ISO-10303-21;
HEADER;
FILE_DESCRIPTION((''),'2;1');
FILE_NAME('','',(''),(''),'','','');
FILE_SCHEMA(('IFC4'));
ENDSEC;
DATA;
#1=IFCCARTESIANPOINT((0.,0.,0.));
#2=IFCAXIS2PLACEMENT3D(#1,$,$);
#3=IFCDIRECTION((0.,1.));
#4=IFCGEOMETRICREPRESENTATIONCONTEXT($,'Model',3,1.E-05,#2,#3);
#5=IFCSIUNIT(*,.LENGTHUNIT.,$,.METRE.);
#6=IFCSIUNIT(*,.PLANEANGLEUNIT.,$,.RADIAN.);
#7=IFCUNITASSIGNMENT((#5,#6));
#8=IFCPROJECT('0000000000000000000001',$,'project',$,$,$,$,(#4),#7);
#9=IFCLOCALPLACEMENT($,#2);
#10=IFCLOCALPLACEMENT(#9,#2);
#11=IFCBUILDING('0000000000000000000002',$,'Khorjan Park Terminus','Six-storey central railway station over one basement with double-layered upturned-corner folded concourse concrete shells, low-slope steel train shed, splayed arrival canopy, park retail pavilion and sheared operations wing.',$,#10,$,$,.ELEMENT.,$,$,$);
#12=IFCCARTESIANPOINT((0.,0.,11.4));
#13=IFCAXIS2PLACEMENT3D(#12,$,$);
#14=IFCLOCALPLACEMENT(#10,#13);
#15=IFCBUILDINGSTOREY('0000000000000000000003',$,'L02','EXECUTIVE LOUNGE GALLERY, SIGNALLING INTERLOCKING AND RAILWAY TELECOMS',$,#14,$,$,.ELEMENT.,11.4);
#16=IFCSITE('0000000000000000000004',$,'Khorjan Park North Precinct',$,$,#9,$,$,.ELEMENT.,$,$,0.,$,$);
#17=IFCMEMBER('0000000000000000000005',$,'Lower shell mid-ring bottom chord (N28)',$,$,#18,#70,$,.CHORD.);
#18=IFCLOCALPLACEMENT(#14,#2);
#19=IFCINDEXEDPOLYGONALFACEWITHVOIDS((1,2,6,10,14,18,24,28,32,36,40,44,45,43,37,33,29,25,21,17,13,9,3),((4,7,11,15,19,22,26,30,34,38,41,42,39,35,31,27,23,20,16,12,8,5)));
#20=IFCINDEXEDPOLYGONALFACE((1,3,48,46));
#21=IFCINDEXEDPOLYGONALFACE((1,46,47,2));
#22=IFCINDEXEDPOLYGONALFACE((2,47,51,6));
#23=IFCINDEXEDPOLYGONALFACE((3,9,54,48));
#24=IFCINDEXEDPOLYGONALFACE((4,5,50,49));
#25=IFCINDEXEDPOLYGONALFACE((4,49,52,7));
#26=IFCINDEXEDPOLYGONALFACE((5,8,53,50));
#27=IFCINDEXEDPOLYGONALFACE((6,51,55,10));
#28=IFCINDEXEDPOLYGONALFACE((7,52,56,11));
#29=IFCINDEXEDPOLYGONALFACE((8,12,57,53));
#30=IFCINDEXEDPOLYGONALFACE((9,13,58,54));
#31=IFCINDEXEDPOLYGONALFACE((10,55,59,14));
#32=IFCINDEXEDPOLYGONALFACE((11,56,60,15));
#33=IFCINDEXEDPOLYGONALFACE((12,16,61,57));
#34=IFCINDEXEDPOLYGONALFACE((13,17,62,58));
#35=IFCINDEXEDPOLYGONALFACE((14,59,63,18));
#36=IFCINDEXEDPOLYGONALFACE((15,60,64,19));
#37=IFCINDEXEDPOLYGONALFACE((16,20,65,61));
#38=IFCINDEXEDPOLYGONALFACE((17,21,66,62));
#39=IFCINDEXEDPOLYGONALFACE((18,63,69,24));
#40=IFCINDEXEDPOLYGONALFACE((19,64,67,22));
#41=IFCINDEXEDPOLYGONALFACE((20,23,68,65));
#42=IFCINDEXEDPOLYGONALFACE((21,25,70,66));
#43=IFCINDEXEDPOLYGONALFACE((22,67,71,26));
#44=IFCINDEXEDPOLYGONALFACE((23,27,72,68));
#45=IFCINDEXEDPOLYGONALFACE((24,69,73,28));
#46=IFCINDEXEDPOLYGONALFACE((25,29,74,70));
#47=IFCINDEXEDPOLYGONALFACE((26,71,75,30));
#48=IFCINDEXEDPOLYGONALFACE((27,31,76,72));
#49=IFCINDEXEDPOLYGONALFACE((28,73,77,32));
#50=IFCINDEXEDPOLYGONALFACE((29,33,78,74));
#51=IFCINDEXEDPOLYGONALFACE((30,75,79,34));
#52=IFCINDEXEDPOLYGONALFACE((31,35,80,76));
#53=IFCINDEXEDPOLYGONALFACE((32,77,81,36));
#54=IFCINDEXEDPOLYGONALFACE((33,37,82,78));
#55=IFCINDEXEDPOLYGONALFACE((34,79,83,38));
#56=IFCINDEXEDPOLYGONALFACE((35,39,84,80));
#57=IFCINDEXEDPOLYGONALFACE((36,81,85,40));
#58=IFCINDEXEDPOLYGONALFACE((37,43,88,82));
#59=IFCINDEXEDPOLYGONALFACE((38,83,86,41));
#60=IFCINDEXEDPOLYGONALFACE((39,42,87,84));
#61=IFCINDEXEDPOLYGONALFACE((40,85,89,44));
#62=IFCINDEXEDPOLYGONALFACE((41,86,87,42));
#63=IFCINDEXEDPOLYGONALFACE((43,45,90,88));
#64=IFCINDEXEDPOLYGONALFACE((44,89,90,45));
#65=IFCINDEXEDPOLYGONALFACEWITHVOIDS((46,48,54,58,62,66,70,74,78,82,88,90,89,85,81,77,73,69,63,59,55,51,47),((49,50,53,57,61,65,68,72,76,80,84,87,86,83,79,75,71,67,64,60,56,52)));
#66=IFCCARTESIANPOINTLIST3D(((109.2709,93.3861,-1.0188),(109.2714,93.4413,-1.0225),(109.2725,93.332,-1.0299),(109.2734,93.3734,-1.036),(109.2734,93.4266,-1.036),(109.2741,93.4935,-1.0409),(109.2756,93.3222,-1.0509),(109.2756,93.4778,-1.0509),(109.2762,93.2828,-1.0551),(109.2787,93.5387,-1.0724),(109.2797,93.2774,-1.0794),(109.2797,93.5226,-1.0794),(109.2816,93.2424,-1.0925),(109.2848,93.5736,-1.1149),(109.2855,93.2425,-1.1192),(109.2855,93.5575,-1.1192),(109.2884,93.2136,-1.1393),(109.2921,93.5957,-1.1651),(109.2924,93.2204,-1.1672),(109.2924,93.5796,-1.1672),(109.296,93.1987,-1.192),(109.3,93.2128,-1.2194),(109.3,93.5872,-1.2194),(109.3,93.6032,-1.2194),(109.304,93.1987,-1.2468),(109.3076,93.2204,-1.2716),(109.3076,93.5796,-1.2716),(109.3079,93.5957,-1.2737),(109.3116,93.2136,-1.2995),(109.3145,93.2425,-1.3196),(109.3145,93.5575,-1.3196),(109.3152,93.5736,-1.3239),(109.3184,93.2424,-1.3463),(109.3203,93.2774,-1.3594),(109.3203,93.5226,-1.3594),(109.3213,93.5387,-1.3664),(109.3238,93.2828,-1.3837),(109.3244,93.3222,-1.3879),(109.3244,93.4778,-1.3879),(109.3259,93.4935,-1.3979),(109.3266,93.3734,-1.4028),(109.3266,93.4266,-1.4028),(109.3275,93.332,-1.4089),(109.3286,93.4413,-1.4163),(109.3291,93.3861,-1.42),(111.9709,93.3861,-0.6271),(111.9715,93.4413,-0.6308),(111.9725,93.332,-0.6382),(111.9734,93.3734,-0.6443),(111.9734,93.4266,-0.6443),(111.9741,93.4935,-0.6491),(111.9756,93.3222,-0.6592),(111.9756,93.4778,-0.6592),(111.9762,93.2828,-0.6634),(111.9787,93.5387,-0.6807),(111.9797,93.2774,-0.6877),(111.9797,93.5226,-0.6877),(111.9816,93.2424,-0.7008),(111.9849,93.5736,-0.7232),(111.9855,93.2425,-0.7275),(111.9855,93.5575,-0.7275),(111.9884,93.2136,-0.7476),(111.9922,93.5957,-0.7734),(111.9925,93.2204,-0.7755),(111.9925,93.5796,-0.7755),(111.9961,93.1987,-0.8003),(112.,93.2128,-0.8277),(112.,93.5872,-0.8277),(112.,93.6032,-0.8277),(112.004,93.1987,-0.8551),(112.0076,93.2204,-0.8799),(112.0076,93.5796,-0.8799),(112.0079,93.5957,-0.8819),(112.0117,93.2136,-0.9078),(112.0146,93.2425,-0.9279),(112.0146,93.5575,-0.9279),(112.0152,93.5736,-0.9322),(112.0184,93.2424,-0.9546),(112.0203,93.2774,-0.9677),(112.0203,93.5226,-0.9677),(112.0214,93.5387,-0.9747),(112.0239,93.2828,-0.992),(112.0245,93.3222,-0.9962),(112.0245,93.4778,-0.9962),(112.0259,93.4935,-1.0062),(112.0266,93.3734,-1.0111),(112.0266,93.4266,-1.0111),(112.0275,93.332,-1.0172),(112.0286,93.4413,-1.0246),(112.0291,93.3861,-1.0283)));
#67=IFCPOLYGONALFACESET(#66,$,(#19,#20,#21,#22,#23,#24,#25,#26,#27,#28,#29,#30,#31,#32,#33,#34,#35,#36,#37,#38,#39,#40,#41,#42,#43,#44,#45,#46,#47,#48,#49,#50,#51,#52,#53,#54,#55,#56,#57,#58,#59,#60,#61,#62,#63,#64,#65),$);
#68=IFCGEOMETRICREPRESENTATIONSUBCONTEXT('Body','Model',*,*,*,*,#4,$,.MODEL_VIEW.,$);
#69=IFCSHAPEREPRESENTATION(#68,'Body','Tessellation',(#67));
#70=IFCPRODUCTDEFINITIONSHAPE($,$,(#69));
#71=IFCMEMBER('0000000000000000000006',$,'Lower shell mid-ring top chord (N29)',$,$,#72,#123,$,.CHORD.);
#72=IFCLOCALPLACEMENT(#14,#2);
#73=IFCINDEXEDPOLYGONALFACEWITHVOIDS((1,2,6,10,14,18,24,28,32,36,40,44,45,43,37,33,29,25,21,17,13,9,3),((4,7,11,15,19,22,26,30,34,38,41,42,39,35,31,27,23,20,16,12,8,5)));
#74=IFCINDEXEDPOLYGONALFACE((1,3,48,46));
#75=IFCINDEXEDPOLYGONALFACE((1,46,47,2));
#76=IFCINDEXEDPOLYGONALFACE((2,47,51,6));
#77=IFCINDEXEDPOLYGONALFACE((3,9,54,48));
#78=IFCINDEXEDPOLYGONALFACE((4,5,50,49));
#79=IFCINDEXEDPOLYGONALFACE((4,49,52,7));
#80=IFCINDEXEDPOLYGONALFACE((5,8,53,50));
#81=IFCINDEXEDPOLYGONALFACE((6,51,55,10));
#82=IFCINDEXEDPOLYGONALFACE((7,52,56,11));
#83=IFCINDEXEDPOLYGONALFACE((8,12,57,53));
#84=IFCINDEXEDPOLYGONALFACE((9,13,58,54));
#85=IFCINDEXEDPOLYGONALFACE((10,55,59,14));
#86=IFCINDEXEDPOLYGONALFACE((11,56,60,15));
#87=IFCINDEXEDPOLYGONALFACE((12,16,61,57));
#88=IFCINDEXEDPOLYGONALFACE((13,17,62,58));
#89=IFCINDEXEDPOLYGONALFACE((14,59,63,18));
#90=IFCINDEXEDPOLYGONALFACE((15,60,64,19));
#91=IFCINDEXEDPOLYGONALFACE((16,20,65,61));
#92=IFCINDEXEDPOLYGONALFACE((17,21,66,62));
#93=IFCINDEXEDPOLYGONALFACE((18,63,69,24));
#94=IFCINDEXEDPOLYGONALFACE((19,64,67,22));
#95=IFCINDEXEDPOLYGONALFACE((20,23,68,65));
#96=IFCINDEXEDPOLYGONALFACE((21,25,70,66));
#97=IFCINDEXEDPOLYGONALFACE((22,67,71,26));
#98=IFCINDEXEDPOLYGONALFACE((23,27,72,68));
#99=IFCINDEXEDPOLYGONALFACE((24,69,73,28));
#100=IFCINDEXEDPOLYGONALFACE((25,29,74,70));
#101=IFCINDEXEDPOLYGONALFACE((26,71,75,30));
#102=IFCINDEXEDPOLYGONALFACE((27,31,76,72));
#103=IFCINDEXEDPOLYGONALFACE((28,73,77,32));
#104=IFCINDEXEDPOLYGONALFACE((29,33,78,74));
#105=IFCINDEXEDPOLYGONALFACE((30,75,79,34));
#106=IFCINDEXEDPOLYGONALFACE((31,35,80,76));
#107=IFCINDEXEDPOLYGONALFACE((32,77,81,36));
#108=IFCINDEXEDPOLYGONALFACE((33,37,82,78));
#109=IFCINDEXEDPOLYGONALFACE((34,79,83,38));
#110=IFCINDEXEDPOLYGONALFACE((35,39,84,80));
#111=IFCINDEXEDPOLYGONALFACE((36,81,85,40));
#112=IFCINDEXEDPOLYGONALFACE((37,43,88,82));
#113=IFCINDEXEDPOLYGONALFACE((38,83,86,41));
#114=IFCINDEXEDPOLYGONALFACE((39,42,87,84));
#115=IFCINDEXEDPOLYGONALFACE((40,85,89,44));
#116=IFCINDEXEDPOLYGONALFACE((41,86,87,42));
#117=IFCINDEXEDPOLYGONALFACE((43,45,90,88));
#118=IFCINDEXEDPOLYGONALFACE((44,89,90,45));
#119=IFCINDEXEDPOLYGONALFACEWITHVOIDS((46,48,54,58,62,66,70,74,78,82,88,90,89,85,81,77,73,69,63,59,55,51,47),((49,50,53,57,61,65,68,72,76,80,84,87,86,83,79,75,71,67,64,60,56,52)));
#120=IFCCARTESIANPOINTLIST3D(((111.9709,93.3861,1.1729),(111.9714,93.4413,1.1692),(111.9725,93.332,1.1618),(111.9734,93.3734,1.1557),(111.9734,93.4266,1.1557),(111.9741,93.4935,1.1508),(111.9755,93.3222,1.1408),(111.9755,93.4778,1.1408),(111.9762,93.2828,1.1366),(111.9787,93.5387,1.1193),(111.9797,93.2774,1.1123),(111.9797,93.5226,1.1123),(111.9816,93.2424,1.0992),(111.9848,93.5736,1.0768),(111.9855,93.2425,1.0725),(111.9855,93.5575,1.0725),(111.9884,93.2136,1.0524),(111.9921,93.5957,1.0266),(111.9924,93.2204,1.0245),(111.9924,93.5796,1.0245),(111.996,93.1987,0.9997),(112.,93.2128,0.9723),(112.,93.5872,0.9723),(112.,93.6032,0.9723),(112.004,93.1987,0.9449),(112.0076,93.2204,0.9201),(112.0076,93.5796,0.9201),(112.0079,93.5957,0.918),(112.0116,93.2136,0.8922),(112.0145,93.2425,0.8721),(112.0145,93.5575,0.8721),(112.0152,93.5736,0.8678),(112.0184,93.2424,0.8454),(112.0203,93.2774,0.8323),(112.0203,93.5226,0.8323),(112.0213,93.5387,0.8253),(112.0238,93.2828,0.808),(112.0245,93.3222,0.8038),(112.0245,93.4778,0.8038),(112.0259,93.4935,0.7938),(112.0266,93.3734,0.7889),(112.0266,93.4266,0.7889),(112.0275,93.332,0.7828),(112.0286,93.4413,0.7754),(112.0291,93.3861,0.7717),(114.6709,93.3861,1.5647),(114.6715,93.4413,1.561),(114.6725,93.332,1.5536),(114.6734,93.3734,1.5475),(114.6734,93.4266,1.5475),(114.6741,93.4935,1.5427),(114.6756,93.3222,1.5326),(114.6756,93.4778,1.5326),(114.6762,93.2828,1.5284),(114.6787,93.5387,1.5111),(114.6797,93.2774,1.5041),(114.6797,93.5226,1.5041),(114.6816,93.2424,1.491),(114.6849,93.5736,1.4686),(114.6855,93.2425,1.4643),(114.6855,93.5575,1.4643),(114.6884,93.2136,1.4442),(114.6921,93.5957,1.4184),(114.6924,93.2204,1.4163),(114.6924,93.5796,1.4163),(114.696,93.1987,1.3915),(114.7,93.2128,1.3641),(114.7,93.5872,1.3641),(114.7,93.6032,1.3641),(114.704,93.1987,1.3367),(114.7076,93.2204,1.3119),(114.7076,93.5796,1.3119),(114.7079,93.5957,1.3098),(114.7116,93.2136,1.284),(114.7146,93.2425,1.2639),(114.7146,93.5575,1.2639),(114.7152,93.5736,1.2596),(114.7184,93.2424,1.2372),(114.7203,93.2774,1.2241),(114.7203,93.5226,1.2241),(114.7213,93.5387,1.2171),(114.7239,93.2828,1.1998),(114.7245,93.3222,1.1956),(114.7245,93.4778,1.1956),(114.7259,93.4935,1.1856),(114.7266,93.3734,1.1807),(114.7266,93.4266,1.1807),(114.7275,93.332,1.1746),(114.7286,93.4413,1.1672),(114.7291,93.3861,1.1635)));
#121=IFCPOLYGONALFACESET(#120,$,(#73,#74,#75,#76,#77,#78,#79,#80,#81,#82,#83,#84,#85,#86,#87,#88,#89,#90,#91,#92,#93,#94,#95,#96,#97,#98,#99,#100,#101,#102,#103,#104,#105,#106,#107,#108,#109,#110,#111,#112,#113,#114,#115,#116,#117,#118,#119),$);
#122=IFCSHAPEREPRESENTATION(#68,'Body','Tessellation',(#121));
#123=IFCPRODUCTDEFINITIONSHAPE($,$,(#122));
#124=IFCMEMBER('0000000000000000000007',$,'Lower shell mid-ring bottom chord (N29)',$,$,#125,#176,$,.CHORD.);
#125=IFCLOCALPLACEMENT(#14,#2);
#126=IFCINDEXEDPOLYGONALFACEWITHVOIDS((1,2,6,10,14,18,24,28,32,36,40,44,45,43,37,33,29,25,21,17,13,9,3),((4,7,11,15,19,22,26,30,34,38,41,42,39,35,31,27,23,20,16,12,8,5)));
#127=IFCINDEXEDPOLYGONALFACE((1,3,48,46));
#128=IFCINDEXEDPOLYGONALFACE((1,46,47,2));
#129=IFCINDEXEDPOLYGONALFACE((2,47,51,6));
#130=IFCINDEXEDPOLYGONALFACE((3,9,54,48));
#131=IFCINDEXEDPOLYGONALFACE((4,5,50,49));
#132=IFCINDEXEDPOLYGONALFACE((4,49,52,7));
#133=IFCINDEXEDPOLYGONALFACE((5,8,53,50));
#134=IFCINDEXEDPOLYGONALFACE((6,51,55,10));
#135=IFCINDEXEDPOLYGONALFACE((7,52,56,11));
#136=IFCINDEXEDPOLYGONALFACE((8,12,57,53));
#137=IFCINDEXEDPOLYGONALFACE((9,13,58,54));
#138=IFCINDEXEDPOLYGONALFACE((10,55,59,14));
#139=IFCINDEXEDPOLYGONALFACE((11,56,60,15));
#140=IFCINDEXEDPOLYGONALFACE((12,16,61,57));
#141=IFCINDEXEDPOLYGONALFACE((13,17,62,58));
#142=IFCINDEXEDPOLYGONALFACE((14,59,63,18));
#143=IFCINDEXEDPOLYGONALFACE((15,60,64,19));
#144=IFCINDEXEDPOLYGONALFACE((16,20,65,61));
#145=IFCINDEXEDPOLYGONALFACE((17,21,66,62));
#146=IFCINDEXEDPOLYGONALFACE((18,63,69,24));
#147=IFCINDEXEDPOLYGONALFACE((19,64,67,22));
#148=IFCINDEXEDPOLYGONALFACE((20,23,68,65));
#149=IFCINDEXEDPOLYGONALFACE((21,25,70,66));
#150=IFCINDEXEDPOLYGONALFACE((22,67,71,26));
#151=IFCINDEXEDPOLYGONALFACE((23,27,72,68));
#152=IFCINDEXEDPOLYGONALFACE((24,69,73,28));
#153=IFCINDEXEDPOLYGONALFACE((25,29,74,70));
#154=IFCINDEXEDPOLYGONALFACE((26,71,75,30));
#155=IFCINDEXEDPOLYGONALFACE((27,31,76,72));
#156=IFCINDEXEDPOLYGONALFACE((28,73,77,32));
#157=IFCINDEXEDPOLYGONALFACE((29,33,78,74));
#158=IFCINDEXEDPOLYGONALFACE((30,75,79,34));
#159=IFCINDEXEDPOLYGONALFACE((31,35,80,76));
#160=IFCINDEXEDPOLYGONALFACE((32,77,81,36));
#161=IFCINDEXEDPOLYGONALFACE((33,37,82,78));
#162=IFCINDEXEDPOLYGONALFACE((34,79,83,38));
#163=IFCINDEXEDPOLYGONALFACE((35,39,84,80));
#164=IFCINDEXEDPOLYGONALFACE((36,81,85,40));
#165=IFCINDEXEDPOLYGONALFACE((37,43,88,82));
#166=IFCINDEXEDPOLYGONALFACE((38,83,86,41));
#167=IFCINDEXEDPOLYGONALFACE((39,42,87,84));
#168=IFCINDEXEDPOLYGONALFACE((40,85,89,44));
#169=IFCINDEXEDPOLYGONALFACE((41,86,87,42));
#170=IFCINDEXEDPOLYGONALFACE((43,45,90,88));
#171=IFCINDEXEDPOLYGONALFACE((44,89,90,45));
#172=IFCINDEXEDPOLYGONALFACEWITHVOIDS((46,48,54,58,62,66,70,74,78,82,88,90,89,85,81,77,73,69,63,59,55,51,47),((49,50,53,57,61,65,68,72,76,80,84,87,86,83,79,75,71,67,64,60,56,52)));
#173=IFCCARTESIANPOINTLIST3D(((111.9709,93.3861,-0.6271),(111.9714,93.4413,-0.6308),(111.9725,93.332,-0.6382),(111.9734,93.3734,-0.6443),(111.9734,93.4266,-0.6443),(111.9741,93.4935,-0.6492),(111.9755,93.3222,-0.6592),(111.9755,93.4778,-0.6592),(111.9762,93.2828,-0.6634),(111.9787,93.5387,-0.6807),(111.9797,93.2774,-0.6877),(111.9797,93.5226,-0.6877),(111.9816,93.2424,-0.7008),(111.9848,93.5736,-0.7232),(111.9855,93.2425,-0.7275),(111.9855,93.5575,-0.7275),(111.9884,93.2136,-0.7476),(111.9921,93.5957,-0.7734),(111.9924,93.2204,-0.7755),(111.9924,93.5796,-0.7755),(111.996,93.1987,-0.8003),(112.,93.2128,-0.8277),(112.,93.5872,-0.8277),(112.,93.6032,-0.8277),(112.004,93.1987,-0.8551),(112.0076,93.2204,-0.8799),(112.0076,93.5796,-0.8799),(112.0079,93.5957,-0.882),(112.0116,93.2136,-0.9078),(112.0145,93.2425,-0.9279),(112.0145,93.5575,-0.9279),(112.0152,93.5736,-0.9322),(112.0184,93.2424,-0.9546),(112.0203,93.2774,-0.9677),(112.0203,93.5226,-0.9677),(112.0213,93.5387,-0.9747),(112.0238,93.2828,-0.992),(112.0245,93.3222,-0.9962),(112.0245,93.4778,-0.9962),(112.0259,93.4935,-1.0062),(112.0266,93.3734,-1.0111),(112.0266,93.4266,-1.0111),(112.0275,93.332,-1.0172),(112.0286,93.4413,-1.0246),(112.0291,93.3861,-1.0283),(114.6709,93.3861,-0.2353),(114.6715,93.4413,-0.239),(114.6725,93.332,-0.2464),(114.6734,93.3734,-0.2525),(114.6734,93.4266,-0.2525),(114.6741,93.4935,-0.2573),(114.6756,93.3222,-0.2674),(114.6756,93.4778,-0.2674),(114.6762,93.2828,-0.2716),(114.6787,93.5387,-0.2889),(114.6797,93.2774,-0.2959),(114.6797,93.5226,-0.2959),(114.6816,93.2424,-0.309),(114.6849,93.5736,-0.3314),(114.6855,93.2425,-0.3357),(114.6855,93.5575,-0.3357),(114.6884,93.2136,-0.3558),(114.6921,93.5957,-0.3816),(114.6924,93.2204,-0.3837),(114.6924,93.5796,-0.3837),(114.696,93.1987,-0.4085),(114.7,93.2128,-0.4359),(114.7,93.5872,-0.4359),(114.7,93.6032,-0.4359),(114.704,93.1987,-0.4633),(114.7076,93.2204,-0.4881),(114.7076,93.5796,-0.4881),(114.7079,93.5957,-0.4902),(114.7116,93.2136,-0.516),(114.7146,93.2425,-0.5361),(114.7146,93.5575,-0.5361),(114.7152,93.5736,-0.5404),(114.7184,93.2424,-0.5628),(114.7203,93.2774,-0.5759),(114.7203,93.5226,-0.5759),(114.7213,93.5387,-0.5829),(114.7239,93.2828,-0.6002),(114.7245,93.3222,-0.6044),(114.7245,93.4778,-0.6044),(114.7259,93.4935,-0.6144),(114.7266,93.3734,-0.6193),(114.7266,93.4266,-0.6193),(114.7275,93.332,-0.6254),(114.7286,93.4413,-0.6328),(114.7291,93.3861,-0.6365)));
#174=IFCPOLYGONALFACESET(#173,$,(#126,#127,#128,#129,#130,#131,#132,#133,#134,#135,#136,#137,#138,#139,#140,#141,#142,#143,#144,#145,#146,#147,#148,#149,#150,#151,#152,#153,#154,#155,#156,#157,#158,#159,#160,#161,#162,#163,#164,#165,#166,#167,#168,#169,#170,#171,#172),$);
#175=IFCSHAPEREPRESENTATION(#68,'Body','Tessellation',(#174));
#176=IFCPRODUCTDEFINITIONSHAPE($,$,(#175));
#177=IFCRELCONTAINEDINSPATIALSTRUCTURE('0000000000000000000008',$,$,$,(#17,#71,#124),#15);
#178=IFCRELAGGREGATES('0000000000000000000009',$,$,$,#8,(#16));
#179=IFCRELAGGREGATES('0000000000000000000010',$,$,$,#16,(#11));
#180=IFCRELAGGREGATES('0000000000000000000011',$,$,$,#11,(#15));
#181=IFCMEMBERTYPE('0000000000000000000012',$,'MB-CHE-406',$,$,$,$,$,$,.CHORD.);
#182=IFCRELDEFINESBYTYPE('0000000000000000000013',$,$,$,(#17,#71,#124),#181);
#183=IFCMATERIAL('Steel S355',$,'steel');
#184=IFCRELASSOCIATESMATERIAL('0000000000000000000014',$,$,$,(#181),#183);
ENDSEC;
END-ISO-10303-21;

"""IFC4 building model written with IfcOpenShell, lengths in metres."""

from ifc_helpers import new_model, si_unit, direction, frame, origin, origin_2d, place, context, subcontext, project, spatial, hollow_circle, extrude, material, material_profile, profile_set, type_object, element, save


model = new_model("IFC4")

# Units and contexts
model_context = context("Model", 3, precision=1e-05, world=origin(), true_north=direction((0.0, 1.0)))
body_context = subcontext(model_context, "Body", "Model", "MODEL_VIEW")
ifc_project = project(units=[si_unit("LENGTHUNIT", "METRE"), si_unit("PLANEANGLEUNIT", "RADIAN")], contexts=[model_context])

# Site, building, storey
site_placement = place(None, origin())
site = spatial("IfcSite", under=ifc_project, at=site_placement, Name="Khorjan Park North Precinct", CompositionType="ELEMENT", RefElevation=0.0)
building_placement = place(site_placement, origin())
building = spatial("IfcBuilding", under=site, at=building_placement, Name="Khorjan Park Terminus", Description="Six-storey central railway station over one basement with double-layered upturned-corner folded concourse concrete shells, low-slope steel train shed, splayed arrival canopy, park retail pavilion and sheared operations wing.", CompositionType="ELEMENT")
storey_placement = place(building_placement, frame((0.0, 0.0, 11.4)))
storey = spatial("IfcBuildingStorey", under=building, at=storey_placement, Name="L02", Description="EXECUTIVE LOUNGE GALLERY, SIGNALLING INTERLOCKING AND RAILWAY TELECOMS", CompositionType="ELEMENT", Elevation=11.4)

# Members
ifc_material_1 = material(Name="Steel S355", Category="steel")
ifc_material_profile_1 = material_profile(ifc_material_1, hollow_circle(Radius=0.2032, WallThickness=0.016, at=origin_2d()), Name="CHS 406.4x16")
ifc_profile_set_1 = profile_set([ifc_material_profile_1], Name="Steel S355")
member_type_1 = type_object("IfcMemberType", Name="MB-CHE-406", PredefinedType="CHORD", material=ifc_profile_set_1)
for number, where, z_axis, x_axis, name in (
    (1, (109.3, 93.4, -1.2194), (0.98964, 0.0, 0.143571), (0.0, 1.0, 0.0), "Lower shell mid-ring bottom chord (N28)"),
    (2, (112.0, 93.4, 0.9723), (0.989635, 0.0, 0.143607), (0.0, 1.0, 0.0), "Lower shell mid-ring top chord (N29)"),
    (3, (112.0, 93.4, -0.8277), (0.989635, 0.0, 0.143607), (0.0, 1.0, 0.0), "Lower shell mid-ring bottom chord (N29)"),
):
    element("IfcMember", number, at=place(storey_placement, frame(where, z_axis=z_axis, x_axis=x_axis)), inside=storey, type_object=member_type_1, Name=name, PredefinedType="CHORD", context=body_context, shape_type="SweptSolid", body=[
        extrude(hollow_circle(Radius=0.2032, WallThickness=0.016, at=origin_2d()), origin(), (0.0, 0.0, 1.0), 2.7283),
    ])

save(model, "model.ifc")
